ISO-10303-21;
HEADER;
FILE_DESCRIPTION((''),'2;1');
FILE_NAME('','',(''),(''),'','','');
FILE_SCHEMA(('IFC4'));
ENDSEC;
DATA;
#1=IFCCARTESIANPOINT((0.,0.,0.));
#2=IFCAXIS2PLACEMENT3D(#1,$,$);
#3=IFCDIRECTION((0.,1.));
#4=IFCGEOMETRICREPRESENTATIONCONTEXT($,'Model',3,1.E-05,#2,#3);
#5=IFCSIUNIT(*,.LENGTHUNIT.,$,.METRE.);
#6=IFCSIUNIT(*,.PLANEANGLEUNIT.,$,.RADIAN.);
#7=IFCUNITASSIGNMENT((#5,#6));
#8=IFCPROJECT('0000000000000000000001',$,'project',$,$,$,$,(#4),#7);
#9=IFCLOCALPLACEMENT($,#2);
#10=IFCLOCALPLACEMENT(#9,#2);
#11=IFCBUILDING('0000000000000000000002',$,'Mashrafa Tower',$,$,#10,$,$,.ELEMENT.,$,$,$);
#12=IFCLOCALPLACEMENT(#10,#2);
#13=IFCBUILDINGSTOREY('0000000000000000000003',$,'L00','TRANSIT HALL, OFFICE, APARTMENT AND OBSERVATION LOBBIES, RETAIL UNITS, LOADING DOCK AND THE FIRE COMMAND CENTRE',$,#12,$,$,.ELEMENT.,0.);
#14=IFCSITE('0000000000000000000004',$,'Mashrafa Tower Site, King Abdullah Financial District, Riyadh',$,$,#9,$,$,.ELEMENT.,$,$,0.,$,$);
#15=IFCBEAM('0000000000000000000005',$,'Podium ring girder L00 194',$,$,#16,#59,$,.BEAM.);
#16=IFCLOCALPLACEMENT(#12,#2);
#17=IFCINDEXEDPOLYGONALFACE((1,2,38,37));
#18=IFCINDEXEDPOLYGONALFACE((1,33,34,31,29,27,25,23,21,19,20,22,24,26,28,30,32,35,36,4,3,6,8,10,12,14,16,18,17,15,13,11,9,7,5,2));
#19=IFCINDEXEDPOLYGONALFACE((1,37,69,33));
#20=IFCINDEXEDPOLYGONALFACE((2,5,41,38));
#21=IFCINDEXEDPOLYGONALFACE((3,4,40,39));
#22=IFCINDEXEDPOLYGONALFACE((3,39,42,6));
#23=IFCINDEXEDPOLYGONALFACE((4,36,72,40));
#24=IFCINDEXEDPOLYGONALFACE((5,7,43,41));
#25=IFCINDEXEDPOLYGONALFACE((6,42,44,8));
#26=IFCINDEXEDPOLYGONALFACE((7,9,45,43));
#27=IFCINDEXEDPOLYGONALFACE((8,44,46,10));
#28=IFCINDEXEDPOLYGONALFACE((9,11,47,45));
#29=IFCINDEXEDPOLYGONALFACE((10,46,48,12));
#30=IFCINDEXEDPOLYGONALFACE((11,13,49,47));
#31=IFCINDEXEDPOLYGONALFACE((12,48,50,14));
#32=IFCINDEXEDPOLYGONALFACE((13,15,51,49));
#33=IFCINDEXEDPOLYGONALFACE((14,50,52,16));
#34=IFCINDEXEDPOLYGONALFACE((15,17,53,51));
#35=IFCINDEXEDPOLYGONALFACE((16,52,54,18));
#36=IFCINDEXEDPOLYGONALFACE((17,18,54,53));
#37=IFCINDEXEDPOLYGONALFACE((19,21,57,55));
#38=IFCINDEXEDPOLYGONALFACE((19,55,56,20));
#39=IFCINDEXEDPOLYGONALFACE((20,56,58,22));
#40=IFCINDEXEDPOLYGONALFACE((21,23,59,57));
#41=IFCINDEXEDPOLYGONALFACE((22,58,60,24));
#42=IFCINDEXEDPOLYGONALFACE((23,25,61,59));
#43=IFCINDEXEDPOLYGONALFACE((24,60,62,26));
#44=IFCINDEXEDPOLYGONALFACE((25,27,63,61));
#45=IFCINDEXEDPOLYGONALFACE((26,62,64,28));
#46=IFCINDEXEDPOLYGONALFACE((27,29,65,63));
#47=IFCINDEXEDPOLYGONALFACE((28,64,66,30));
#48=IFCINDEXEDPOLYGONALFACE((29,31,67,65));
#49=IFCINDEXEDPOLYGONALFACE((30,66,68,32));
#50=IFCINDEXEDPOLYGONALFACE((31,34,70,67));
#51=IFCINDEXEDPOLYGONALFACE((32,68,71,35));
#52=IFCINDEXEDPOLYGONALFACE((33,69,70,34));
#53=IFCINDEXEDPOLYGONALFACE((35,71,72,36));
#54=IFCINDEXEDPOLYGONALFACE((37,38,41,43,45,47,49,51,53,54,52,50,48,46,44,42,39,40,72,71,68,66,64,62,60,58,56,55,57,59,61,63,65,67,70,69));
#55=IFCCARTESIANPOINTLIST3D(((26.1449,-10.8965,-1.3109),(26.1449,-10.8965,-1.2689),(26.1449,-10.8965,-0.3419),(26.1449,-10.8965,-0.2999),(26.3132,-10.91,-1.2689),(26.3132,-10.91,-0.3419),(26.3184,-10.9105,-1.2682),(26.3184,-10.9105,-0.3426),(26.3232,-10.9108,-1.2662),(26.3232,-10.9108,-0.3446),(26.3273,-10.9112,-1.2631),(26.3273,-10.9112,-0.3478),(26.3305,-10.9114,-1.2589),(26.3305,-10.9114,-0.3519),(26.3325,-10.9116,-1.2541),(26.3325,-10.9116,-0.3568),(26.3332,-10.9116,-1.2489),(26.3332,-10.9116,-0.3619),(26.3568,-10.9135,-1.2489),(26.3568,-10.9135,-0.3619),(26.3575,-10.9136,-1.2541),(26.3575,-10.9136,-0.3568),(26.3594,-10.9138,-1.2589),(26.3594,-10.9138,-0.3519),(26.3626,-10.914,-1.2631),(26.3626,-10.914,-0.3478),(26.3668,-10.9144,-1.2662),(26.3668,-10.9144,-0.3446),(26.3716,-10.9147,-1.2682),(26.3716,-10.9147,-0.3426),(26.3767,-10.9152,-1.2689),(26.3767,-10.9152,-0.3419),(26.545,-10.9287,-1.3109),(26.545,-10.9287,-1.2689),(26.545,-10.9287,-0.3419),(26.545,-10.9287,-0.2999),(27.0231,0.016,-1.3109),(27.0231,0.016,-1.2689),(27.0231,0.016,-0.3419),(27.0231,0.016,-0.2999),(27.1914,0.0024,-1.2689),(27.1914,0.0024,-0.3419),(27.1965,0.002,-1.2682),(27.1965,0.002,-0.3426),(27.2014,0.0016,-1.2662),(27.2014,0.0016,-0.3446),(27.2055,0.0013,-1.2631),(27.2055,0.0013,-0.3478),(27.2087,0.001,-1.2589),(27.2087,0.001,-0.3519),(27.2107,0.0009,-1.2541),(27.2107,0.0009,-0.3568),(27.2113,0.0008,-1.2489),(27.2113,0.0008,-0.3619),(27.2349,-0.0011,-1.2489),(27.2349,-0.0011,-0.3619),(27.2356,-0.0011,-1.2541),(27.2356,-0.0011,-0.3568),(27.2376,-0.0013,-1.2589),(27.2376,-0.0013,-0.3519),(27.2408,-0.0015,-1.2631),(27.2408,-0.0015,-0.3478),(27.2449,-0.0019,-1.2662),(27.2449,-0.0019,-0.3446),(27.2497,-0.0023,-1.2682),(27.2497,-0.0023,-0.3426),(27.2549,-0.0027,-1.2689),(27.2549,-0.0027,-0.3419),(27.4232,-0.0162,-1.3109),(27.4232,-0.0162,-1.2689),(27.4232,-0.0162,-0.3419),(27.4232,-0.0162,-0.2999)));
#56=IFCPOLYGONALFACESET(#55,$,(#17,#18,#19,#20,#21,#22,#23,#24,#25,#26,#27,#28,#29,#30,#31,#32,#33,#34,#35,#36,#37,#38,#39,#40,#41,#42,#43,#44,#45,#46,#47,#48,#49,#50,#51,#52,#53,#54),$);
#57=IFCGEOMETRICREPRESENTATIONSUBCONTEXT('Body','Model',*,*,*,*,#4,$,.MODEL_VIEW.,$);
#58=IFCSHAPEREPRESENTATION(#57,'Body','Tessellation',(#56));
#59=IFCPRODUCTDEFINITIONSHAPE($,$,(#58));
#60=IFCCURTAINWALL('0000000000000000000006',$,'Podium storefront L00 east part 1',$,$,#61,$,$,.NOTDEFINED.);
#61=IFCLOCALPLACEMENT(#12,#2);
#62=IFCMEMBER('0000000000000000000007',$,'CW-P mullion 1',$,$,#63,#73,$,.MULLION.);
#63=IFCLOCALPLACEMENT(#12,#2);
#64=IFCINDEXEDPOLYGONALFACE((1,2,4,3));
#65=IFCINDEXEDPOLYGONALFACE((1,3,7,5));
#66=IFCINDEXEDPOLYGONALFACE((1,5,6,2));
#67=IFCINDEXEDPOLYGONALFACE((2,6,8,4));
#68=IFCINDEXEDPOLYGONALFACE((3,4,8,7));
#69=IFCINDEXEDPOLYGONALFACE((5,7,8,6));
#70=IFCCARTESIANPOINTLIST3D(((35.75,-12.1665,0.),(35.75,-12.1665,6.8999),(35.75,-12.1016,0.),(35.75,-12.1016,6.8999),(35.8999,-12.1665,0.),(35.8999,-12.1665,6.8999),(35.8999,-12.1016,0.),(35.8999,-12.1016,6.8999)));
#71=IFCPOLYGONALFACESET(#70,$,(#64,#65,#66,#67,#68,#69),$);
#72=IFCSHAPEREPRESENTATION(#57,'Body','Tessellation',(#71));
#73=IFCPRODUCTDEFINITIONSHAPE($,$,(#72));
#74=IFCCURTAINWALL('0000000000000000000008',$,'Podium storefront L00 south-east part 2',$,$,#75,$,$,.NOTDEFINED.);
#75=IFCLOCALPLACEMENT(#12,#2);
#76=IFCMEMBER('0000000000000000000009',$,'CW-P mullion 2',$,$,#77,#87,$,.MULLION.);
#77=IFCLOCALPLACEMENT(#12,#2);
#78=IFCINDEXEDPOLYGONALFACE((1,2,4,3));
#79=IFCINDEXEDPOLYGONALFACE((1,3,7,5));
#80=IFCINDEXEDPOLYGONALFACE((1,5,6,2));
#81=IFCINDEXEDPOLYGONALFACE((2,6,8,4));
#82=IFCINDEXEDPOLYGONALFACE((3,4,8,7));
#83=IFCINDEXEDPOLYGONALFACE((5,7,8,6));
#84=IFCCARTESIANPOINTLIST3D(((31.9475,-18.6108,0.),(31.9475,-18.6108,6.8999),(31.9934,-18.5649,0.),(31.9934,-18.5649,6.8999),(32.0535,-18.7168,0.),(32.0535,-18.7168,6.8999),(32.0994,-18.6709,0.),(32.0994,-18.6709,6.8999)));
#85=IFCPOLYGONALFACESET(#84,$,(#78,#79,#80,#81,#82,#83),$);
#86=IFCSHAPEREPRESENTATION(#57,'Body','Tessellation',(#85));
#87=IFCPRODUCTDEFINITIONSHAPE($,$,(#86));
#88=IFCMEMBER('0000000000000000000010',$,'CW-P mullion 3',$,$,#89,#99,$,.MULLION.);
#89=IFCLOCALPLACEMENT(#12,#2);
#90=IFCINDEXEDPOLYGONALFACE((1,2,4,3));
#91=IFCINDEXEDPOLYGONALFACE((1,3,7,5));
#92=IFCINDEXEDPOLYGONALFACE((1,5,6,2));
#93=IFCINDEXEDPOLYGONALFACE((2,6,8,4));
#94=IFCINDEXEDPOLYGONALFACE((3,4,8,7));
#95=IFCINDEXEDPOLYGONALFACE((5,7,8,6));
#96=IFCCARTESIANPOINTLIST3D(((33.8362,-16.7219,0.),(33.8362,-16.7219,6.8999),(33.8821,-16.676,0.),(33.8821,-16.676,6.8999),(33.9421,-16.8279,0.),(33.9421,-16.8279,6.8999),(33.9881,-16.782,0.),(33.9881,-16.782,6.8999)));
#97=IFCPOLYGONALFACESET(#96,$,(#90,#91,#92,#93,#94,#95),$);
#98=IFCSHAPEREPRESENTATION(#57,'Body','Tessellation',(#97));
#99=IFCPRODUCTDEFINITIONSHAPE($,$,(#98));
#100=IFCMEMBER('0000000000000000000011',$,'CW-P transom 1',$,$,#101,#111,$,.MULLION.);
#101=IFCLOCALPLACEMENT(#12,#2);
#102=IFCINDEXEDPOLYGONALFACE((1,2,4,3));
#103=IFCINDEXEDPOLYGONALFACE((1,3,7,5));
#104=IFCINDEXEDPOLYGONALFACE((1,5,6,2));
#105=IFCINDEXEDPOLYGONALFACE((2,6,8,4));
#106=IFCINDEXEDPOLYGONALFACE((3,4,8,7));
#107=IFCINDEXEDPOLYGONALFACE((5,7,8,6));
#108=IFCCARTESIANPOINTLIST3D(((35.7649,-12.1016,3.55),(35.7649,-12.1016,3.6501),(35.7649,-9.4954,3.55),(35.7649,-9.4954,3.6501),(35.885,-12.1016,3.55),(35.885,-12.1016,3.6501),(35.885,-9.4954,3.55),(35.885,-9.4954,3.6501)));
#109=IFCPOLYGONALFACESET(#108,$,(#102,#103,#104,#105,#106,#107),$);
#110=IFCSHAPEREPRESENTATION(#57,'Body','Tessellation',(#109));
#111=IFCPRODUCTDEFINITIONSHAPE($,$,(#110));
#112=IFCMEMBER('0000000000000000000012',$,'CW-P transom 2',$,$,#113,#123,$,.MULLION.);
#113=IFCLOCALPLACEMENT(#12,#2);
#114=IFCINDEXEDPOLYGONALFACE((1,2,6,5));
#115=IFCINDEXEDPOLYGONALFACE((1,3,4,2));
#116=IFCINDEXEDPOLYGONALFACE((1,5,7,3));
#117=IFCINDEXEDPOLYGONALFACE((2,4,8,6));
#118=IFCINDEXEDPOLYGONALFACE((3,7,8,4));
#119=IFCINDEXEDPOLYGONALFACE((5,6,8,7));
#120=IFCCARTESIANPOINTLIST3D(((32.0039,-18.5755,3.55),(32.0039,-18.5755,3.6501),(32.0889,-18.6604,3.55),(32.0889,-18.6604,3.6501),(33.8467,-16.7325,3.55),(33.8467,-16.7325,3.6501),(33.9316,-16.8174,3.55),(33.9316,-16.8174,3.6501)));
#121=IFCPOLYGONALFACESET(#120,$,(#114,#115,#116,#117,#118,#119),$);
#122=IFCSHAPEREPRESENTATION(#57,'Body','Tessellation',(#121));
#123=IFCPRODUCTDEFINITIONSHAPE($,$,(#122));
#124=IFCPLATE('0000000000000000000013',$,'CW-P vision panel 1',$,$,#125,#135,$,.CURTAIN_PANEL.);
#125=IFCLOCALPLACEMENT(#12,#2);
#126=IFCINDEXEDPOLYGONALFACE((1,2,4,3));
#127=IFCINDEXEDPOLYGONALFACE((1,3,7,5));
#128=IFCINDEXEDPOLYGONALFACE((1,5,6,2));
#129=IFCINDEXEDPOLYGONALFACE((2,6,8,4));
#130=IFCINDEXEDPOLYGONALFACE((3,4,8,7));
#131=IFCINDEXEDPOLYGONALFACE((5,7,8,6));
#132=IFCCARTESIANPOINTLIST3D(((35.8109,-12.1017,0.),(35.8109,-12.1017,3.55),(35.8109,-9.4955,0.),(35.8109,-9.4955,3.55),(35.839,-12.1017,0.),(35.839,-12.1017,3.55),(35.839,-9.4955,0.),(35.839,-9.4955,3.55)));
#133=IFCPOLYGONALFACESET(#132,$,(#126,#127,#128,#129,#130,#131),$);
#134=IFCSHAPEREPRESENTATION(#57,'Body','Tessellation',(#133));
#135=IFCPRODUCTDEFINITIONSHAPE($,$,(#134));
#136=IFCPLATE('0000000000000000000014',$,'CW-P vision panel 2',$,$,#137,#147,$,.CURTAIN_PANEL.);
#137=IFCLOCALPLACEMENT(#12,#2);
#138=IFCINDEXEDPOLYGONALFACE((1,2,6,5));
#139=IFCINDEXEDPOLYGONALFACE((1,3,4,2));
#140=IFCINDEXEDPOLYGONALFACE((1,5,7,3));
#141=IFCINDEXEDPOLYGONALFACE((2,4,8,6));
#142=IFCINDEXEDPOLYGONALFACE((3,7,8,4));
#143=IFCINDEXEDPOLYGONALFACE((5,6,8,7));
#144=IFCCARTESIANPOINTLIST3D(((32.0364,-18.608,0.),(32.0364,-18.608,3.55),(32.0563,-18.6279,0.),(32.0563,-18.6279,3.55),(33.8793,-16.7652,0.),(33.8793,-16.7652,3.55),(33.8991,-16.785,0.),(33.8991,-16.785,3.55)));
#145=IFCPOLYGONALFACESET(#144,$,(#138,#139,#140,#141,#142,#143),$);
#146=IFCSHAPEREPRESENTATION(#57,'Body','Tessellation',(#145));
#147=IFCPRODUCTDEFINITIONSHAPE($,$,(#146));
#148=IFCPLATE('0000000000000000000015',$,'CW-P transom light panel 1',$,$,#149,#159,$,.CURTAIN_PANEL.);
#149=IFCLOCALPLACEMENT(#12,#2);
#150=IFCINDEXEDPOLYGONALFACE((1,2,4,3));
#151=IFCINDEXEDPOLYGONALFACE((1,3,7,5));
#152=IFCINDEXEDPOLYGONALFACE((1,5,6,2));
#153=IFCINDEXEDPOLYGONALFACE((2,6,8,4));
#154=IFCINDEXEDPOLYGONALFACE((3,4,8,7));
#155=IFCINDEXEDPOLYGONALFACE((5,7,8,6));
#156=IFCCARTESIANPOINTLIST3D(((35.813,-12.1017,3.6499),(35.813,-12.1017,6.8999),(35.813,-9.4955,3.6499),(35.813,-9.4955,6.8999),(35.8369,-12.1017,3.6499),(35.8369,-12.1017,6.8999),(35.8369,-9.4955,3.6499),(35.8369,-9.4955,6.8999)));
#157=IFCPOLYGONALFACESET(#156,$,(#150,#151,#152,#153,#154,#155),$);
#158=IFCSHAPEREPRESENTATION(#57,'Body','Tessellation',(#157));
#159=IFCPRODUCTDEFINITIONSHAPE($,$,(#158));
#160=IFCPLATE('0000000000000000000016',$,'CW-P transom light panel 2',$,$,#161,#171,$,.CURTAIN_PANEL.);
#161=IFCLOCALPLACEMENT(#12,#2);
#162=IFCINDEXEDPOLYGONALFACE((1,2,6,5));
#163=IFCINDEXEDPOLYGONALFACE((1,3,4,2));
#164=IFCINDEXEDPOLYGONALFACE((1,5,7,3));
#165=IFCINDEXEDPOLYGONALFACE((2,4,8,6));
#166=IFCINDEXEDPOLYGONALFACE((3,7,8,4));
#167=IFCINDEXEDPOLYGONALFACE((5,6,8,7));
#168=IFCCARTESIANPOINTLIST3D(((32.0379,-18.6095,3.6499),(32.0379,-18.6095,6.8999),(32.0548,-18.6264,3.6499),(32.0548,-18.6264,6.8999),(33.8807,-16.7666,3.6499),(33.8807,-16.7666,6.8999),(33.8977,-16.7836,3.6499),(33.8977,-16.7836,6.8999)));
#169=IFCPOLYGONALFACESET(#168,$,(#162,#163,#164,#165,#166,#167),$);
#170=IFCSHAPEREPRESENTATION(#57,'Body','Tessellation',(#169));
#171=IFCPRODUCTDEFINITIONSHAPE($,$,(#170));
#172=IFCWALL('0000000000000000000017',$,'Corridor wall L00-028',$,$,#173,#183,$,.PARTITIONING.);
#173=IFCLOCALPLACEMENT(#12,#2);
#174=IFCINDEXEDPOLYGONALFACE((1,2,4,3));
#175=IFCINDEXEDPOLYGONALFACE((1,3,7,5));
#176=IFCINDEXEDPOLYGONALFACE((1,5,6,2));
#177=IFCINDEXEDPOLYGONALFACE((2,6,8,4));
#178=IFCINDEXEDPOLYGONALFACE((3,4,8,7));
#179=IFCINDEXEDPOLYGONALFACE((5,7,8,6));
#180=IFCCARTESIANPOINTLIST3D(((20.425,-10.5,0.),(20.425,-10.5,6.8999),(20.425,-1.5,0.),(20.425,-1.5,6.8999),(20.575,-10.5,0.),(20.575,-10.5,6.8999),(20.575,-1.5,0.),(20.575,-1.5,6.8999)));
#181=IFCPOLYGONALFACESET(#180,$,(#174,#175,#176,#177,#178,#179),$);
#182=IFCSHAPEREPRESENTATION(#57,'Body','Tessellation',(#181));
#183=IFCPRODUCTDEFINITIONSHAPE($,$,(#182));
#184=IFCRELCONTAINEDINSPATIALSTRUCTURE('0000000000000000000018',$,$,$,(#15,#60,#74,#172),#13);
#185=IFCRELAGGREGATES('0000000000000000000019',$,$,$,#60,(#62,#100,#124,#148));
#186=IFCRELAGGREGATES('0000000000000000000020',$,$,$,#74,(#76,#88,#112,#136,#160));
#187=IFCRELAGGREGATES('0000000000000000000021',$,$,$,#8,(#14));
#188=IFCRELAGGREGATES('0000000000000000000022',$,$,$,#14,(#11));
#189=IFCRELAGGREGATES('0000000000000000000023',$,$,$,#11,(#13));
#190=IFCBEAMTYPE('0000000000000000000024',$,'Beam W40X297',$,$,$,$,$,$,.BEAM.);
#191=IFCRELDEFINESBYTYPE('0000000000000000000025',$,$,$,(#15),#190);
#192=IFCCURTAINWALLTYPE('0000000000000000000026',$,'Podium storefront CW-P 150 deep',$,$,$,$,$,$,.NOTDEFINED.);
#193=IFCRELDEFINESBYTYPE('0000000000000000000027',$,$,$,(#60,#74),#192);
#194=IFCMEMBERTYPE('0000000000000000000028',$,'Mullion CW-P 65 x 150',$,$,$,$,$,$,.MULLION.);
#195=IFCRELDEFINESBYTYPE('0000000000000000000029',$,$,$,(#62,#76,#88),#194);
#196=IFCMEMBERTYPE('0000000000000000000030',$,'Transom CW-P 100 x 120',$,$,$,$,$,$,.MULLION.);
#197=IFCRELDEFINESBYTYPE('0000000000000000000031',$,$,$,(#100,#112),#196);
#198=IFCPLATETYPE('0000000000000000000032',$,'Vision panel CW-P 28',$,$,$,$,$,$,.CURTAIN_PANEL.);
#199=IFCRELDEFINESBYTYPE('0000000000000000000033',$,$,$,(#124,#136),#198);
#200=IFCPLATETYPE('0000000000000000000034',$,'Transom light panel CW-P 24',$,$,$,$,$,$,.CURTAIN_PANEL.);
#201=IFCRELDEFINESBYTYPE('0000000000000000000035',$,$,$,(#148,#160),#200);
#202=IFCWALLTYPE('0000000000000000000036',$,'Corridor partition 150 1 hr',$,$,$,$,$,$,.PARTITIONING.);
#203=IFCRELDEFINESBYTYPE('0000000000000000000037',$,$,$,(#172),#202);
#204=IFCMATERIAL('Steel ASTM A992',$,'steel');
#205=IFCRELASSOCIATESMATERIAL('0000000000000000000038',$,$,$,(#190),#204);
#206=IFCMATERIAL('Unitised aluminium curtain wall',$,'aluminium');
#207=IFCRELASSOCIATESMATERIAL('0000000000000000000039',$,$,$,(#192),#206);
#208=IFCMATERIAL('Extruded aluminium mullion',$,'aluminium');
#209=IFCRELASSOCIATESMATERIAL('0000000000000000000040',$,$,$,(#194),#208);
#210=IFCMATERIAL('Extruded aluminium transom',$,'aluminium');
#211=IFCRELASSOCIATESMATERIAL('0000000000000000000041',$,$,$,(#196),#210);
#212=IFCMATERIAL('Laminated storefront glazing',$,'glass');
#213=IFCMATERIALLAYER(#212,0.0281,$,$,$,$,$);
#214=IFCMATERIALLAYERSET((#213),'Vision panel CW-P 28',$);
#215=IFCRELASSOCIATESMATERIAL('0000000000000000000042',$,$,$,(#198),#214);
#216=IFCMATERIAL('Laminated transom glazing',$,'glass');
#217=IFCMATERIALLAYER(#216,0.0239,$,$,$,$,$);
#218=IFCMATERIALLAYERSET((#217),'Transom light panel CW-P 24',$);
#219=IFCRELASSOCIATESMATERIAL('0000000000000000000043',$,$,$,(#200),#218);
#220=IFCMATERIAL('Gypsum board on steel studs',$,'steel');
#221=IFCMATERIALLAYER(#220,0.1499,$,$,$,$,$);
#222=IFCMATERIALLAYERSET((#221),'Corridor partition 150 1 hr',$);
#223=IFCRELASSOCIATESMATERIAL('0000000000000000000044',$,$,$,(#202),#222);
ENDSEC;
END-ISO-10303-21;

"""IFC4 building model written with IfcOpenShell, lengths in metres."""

from ifc_helpers import new_model, si_unit, direction, frame, frame_2d, origin, origin_2d, place, context, subcontext, project, spatial, rectangle, i_section, extrude, source, transform, mapped, material, layer, layer_set, material_profile, profile_set, type_object, type_shapes, element, aggregate, save


model = new_model("IFC4")

# Units and contexts
model_context = context("Model", 3, precision=1e-05, world=origin(), true_north=direction((0.0, 1.0)))
body_context = subcontext(model_context, "Body", "Model", "MODEL_VIEW")
ifc_project = project(units=[si_unit("LENGTHUNIT", "METRE"), si_unit("PLANEANGLEUNIT", "RADIAN")], contexts=[model_context])

# Site, building, storey
site_placement = place(None, origin())
site = spatial("IfcSite", under=ifc_project, at=site_placement, Name="Mashrafa Tower Site, King Abdullah Financial District, Riyadh", CompositionType="ELEMENT", RefElevation=0.0)
building_placement = place(site_placement, origin())
building = spatial("IfcBuilding", under=site, at=building_placement, Name="Mashrafa Tower", CompositionType="ELEMENT")
storey_placement = place(building_placement, origin())
storey = spatial("IfcBuildingStorey", under=building, at=storey_placement, Name="L00", Description="TRANSIT HALL, OFFICE, APARTMENT AND OBSERVATION LOBBIES, RETAIL UNITS, LOADING DOCK AND THE FIRE COMMAND CENTRE", CompositionType="ELEMENT", Elevation=0.0)

# Beam
ifc_material_1 = material(Name="Steel ASTM A992", Category="steel")
ifc_material_profile_1 = material_profile(ifc_material_1, i_section(OverallWidth=0.4014, OverallDepth=1.011, WebThickness=0.0237, FlangeThickness=0.042, FilletRadius=0.02, at=origin_2d()), Name="W40X297")
ifc_profile_set_1 = profile_set([ifc_material_profile_1], Name="Steel ASTM A992")
beam_type_1 = type_object("IfcBeamType", Name="Beam W40X297", PredefinedType="BEAM", material=ifc_profile_set_1)
beam_1_placement = place(storey_placement, frame((26.345, -10.9126, -0.8054), z_axis=(0.080214, 0.996778, 0.0), x_axis=(-0.996778, 0.080214, 0.0)))
element("IfcBeam", 1, at=beam_1_placement, inside=storey, type_object=beam_type_1, Name="Podium ring girder L00 194", PredefinedType="BEAM", context=body_context, shape_type="SweptSolid", body=[
    extrude(i_section(OverallWidth=0.4014, OverallDepth=1.011, WebThickness=0.0237, FlangeThickness=0.042, FilletRadius=0.02, at=origin_2d()), origin(), (0.0, 0.0, 1.0), 10.9478),
])

# Curtain wall, member
ifc_material_2 = material(Name="Unitised aluminium curtain wall", Category="aluminium")
curtain_wall_type = type_object("IfcCurtainWallType", Name="Podium storefront CW-P 150 deep", PredefinedType="NOTDEFINED", material=ifc_material_2)
curtain_wall_1_placement = place(storey_placement, origin())
curtain_wall_1 = element("IfcCurtainWall", 2, at=curtain_wall_1_placement, inside=storey, type_object=curtain_wall_type, Name="Podium storefront L00 east part 1", PredefinedType="NOTDEFINED")
ifc_material_3 = material(Name="Extruded aluminium mullion", Category="aluminium")
ifc_material_profile_2 = material_profile(ifc_material_3, rectangle(XDim=0.1499, YDim=0.0649, at=origin_2d()), Name="Mullion 65x150")
ifc_profile_set_2 = profile_set([ifc_material_profile_2], Name="Extruded aluminium mullion")
member_type_1 = type_object("IfcMemberType", Name="Mullion CW-P 65 x 150", PredefinedType="MULLION", material=ifc_profile_set_2)
shared_shape_1 = source(origin(), body_context, "Body", "SweptSolid", [
    extrude(rectangle(XDim=0.1499, YDim=0.0649, at=origin_2d()), origin(), (0.0, 0.0, 1.0), 6.8999),
])
type_shapes(member_type_1, [shared_shape_1])
member_1_placement = place(storey_placement, frame((35.825, -12.134, 0.0), z_axis=(0.0, 0.0, 1.0), x_axis=(-1.0, 0.0, 0.0)))
member_1 = element("IfcMember", 3, at=member_1_placement, type_object=member_type_1, Name="CW-P mullion 1", PredefinedType="MULLION", context=body_context, shape_type="MappedRepresentation", body=[
    mapped(shared_shape_1, transform((0.0, 0.0, 0.0))),
])

# Curtain wall, members
curtain_wall_2_placement = place(storey_placement, origin())
curtain_wall_2 = element("IfcCurtainWall", 4, at=curtain_wall_2_placement, inside=storey, type_object=curtain_wall_type, Name="Podium storefront L00 south-east part 2", PredefinedType="NOTDEFINED")
member_2_placement = place(storey_placement, frame((32.0234, -18.6409, 0.0), z_axis=(0.0, 0.0, 1.0), x_axis=(-0.707107, 0.707107, 0.0)))
member_2 = element("IfcMember", 5, at=member_2_placement, type_object=member_type_1, Name="CW-P mullion 2", PredefinedType="MULLION", context=body_context, shape_type="MappedRepresentation", body=[
    mapped(shared_shape_1, transform((0.0, 0.0, 0.0))),
])
member_3_placement = place(storey_placement, frame((33.9121, -16.752, 0.0), z_axis=(0.0, 0.0, 1.0), x_axis=(-0.707107, 0.707107, 0.0)))
member_3 = element("IfcMember", 6, at=member_3_placement, type_object=member_type_1, Name="CW-P mullion 3", PredefinedType="MULLION", context=body_context, shape_type="MappedRepresentation", body=[
    mapped(shared_shape_1, transform((0.0, 0.0, 0.0))),
])

# Members
ifc_material_4 = material(Name="Extruded aluminium transom", Category="aluminium")
ifc_material_profile_3 = material_profile(ifc_material_4, rectangle(XDim=0.1201, YDim=0.1001, at=origin_2d()), Name="Transom 100x120")
ifc_profile_set_3 = profile_set([ifc_material_profile_3], Name="Extruded aluminium transom")
member_type_2 = type_object("IfcMemberType", Name="Transom CW-P 100 x 120", PredefinedType="MULLION", material=ifc_profile_set_3)
shared_shape_2 = source(origin(), body_context, "Body", "SweptSolid", [
    extrude(rectangle(XDim=0.1201, YDim=0.1001, at=origin_2d()), origin(), (0.0, 0.0, 1.0), 2.6062),
])
type_shapes(member_type_2, [shared_shape_2])
member_4_placement = place(storey_placement, frame((35.825, -12.1016, 3.6001), z_axis=(0.0, 1.0, 0.0), x_axis=(-1.0, 0.0, 0.0)))
member_4 = element("IfcMember", 7, at=member_4_placement, type_object=member_type_2, Name="CW-P transom 1", PredefinedType="MULLION", context=body_context, shape_type="MappedRepresentation", body=[
    mapped(shared_shape_2, transform((0.0, 0.0, 0.0))),
])
member_5_placement = place(storey_placement, frame((32.0464, -18.6179, 3.6001), z_axis=(0.70706, 0.707154, 0.0), x_axis=(-0.707154, 0.70706, 0.0)))
member_5 = element("IfcMember", 8, at=member_5_placement, type_object=member_type_2, Name="CW-P transom 2", PredefinedType="MULLION", context=body_context, shape_type="MappedRepresentation", body=[
    mapped(shared_shape_2, transform((0.0, 0.0, 0.0))),
])

# Plates
ifc_material_5 = material(Name="Laminated storefront glazing", Category="glass")
ifc_layer_1 = layer(ifc_material_5, 0.0281)
ifc_layer_set_1 = layer_set([ifc_layer_1], Name="Vision panel CW-P 28")
plate_type_1 = type_object("IfcPlateType", Name="Vision panel CW-P 28", PredefinedType="CURTAIN_PANEL", material=ifc_layer_set_1)
shared_shape_3 = source(origin(), body_context, "Body", "SweptSolid", [
    extrude(rectangle(XDim=2.6062, YDim=0.0281, at=origin_2d()), origin(), (0.0, 0.0, 1.0), 3.55),
])
type_shapes(plate_type_1, [shared_shape_3])
plate_1_placement = place(storey_placement, frame((35.825, -10.7986, 0.0), z_axis=(0.0, 0.0, 1.0), x_axis=(0.0, 1.0, 0.0)))
plate_1 = element("IfcPlate", 9, at=plate_1_placement, type_object=plate_type_1, Name="CW-P vision panel 1", PredefinedType="CURTAIN_PANEL", context=body_context, shape_type="MappedRepresentation", body=[
    mapped(shared_shape_3, transform((0.0, 0.0, 0.0))),
])
plate_2_placement = place(storey_placement, frame((32.9678, -17.6965, 0.0), z_axis=(0.0, 0.0, 1.0), x_axis=(0.707107, 0.707107, 0.0)))
plate_2 = element("IfcPlate", 10, at=plate_2_placement, type_object=plate_type_1, Name="CW-P vision panel 2", PredefinedType="CURTAIN_PANEL", context=body_context, shape_type="MappedRepresentation", body=[
    mapped(shared_shape_3, transform((0.0, 0.0, 0.0))),
])
ifc_material_6 = material(Name="Laminated transom glazing", Category="glass")
ifc_layer_2 = layer(ifc_material_6, 0.0239)
ifc_layer_set_2 = layer_set([ifc_layer_2], Name="Transom light panel CW-P 24")
plate_type_2 = type_object("IfcPlateType", Name="Transom light panel CW-P 24", PredefinedType="CURTAIN_PANEL", material=ifc_layer_set_2)
shared_shape_4 = source(origin(), body_context, "Body", "SweptSolid", [
    extrude(rectangle(XDim=2.6062, YDim=0.0239, at=origin_2d()), origin(), (0.0, 0.0, 1.0), 3.25),
])
type_shapes(plate_type_2, [shared_shape_4])
plate_3_placement = place(storey_placement, frame((35.825, -10.7986, 3.6499), z_axis=(0.0, 0.0, 1.0), x_axis=(0.0, 1.0, 0.0)))
plate_3 = element("IfcPlate", 11, at=plate_3_placement, type_object=plate_type_2, Name="CW-P transom light panel 1", PredefinedType="CURTAIN_PANEL", context=body_context, shape_type="MappedRepresentation", body=[
    mapped(shared_shape_4, transform((0.0, 0.0, 0.0))),
])
aggregate(curtain_wall_1, [member_1, member_4, plate_1, plate_3])
plate_4_placement = place(storey_placement, frame((32.9678, -17.6965, 3.6499), z_axis=(0.0, 0.0, 1.0), x_axis=(0.707107, 0.707107, 0.0)))
plate_4 = element("IfcPlate", 12, at=plate_4_placement, type_object=plate_type_2, Name="CW-P transom light panel 2", PredefinedType="CURTAIN_PANEL", context=body_context, shape_type="MappedRepresentation", body=[
    mapped(shared_shape_4, transform((0.0, 0.0, 0.0))),
])
aggregate(curtain_wall_2, [member_2, member_3, member_5, plate_2, plate_4])

# Wall
ifc_material_7 = material(Name="Gypsum board on steel studs", Category="steel")
ifc_layer_3 = layer(ifc_material_7, 0.1499)
ifc_layer_set_3 = layer_set([ifc_layer_3], Name="Corridor partition 150 1 hr")
wall_type_1 = type_object("IfcWallType", Name="Corridor partition 150 1 hr", PredefinedType="PARTITIONING", material=ifc_layer_set_3)
wall_1_placement = place(storey_placement, frame((20.5, -10.5, 0.0), z_axis=(0.0, 0.0, 1.0), x_axis=(0.0, 1.0, 0.0)))
element("IfcWall", 13, at=wall_1_placement, inside=storey, type_object=wall_type_1, Name="Corridor wall L00-028", PredefinedType="PARTITIONING", context=body_context, shape_type="SweptSolid", body=[
    extrude(rectangle(XDim=9.0, YDim=0.1499, at=frame_2d((4.5, 0.0))), origin(), (0.0, 0.0, 1.0), 6.8999),
])

save(model, "model.ifc")
